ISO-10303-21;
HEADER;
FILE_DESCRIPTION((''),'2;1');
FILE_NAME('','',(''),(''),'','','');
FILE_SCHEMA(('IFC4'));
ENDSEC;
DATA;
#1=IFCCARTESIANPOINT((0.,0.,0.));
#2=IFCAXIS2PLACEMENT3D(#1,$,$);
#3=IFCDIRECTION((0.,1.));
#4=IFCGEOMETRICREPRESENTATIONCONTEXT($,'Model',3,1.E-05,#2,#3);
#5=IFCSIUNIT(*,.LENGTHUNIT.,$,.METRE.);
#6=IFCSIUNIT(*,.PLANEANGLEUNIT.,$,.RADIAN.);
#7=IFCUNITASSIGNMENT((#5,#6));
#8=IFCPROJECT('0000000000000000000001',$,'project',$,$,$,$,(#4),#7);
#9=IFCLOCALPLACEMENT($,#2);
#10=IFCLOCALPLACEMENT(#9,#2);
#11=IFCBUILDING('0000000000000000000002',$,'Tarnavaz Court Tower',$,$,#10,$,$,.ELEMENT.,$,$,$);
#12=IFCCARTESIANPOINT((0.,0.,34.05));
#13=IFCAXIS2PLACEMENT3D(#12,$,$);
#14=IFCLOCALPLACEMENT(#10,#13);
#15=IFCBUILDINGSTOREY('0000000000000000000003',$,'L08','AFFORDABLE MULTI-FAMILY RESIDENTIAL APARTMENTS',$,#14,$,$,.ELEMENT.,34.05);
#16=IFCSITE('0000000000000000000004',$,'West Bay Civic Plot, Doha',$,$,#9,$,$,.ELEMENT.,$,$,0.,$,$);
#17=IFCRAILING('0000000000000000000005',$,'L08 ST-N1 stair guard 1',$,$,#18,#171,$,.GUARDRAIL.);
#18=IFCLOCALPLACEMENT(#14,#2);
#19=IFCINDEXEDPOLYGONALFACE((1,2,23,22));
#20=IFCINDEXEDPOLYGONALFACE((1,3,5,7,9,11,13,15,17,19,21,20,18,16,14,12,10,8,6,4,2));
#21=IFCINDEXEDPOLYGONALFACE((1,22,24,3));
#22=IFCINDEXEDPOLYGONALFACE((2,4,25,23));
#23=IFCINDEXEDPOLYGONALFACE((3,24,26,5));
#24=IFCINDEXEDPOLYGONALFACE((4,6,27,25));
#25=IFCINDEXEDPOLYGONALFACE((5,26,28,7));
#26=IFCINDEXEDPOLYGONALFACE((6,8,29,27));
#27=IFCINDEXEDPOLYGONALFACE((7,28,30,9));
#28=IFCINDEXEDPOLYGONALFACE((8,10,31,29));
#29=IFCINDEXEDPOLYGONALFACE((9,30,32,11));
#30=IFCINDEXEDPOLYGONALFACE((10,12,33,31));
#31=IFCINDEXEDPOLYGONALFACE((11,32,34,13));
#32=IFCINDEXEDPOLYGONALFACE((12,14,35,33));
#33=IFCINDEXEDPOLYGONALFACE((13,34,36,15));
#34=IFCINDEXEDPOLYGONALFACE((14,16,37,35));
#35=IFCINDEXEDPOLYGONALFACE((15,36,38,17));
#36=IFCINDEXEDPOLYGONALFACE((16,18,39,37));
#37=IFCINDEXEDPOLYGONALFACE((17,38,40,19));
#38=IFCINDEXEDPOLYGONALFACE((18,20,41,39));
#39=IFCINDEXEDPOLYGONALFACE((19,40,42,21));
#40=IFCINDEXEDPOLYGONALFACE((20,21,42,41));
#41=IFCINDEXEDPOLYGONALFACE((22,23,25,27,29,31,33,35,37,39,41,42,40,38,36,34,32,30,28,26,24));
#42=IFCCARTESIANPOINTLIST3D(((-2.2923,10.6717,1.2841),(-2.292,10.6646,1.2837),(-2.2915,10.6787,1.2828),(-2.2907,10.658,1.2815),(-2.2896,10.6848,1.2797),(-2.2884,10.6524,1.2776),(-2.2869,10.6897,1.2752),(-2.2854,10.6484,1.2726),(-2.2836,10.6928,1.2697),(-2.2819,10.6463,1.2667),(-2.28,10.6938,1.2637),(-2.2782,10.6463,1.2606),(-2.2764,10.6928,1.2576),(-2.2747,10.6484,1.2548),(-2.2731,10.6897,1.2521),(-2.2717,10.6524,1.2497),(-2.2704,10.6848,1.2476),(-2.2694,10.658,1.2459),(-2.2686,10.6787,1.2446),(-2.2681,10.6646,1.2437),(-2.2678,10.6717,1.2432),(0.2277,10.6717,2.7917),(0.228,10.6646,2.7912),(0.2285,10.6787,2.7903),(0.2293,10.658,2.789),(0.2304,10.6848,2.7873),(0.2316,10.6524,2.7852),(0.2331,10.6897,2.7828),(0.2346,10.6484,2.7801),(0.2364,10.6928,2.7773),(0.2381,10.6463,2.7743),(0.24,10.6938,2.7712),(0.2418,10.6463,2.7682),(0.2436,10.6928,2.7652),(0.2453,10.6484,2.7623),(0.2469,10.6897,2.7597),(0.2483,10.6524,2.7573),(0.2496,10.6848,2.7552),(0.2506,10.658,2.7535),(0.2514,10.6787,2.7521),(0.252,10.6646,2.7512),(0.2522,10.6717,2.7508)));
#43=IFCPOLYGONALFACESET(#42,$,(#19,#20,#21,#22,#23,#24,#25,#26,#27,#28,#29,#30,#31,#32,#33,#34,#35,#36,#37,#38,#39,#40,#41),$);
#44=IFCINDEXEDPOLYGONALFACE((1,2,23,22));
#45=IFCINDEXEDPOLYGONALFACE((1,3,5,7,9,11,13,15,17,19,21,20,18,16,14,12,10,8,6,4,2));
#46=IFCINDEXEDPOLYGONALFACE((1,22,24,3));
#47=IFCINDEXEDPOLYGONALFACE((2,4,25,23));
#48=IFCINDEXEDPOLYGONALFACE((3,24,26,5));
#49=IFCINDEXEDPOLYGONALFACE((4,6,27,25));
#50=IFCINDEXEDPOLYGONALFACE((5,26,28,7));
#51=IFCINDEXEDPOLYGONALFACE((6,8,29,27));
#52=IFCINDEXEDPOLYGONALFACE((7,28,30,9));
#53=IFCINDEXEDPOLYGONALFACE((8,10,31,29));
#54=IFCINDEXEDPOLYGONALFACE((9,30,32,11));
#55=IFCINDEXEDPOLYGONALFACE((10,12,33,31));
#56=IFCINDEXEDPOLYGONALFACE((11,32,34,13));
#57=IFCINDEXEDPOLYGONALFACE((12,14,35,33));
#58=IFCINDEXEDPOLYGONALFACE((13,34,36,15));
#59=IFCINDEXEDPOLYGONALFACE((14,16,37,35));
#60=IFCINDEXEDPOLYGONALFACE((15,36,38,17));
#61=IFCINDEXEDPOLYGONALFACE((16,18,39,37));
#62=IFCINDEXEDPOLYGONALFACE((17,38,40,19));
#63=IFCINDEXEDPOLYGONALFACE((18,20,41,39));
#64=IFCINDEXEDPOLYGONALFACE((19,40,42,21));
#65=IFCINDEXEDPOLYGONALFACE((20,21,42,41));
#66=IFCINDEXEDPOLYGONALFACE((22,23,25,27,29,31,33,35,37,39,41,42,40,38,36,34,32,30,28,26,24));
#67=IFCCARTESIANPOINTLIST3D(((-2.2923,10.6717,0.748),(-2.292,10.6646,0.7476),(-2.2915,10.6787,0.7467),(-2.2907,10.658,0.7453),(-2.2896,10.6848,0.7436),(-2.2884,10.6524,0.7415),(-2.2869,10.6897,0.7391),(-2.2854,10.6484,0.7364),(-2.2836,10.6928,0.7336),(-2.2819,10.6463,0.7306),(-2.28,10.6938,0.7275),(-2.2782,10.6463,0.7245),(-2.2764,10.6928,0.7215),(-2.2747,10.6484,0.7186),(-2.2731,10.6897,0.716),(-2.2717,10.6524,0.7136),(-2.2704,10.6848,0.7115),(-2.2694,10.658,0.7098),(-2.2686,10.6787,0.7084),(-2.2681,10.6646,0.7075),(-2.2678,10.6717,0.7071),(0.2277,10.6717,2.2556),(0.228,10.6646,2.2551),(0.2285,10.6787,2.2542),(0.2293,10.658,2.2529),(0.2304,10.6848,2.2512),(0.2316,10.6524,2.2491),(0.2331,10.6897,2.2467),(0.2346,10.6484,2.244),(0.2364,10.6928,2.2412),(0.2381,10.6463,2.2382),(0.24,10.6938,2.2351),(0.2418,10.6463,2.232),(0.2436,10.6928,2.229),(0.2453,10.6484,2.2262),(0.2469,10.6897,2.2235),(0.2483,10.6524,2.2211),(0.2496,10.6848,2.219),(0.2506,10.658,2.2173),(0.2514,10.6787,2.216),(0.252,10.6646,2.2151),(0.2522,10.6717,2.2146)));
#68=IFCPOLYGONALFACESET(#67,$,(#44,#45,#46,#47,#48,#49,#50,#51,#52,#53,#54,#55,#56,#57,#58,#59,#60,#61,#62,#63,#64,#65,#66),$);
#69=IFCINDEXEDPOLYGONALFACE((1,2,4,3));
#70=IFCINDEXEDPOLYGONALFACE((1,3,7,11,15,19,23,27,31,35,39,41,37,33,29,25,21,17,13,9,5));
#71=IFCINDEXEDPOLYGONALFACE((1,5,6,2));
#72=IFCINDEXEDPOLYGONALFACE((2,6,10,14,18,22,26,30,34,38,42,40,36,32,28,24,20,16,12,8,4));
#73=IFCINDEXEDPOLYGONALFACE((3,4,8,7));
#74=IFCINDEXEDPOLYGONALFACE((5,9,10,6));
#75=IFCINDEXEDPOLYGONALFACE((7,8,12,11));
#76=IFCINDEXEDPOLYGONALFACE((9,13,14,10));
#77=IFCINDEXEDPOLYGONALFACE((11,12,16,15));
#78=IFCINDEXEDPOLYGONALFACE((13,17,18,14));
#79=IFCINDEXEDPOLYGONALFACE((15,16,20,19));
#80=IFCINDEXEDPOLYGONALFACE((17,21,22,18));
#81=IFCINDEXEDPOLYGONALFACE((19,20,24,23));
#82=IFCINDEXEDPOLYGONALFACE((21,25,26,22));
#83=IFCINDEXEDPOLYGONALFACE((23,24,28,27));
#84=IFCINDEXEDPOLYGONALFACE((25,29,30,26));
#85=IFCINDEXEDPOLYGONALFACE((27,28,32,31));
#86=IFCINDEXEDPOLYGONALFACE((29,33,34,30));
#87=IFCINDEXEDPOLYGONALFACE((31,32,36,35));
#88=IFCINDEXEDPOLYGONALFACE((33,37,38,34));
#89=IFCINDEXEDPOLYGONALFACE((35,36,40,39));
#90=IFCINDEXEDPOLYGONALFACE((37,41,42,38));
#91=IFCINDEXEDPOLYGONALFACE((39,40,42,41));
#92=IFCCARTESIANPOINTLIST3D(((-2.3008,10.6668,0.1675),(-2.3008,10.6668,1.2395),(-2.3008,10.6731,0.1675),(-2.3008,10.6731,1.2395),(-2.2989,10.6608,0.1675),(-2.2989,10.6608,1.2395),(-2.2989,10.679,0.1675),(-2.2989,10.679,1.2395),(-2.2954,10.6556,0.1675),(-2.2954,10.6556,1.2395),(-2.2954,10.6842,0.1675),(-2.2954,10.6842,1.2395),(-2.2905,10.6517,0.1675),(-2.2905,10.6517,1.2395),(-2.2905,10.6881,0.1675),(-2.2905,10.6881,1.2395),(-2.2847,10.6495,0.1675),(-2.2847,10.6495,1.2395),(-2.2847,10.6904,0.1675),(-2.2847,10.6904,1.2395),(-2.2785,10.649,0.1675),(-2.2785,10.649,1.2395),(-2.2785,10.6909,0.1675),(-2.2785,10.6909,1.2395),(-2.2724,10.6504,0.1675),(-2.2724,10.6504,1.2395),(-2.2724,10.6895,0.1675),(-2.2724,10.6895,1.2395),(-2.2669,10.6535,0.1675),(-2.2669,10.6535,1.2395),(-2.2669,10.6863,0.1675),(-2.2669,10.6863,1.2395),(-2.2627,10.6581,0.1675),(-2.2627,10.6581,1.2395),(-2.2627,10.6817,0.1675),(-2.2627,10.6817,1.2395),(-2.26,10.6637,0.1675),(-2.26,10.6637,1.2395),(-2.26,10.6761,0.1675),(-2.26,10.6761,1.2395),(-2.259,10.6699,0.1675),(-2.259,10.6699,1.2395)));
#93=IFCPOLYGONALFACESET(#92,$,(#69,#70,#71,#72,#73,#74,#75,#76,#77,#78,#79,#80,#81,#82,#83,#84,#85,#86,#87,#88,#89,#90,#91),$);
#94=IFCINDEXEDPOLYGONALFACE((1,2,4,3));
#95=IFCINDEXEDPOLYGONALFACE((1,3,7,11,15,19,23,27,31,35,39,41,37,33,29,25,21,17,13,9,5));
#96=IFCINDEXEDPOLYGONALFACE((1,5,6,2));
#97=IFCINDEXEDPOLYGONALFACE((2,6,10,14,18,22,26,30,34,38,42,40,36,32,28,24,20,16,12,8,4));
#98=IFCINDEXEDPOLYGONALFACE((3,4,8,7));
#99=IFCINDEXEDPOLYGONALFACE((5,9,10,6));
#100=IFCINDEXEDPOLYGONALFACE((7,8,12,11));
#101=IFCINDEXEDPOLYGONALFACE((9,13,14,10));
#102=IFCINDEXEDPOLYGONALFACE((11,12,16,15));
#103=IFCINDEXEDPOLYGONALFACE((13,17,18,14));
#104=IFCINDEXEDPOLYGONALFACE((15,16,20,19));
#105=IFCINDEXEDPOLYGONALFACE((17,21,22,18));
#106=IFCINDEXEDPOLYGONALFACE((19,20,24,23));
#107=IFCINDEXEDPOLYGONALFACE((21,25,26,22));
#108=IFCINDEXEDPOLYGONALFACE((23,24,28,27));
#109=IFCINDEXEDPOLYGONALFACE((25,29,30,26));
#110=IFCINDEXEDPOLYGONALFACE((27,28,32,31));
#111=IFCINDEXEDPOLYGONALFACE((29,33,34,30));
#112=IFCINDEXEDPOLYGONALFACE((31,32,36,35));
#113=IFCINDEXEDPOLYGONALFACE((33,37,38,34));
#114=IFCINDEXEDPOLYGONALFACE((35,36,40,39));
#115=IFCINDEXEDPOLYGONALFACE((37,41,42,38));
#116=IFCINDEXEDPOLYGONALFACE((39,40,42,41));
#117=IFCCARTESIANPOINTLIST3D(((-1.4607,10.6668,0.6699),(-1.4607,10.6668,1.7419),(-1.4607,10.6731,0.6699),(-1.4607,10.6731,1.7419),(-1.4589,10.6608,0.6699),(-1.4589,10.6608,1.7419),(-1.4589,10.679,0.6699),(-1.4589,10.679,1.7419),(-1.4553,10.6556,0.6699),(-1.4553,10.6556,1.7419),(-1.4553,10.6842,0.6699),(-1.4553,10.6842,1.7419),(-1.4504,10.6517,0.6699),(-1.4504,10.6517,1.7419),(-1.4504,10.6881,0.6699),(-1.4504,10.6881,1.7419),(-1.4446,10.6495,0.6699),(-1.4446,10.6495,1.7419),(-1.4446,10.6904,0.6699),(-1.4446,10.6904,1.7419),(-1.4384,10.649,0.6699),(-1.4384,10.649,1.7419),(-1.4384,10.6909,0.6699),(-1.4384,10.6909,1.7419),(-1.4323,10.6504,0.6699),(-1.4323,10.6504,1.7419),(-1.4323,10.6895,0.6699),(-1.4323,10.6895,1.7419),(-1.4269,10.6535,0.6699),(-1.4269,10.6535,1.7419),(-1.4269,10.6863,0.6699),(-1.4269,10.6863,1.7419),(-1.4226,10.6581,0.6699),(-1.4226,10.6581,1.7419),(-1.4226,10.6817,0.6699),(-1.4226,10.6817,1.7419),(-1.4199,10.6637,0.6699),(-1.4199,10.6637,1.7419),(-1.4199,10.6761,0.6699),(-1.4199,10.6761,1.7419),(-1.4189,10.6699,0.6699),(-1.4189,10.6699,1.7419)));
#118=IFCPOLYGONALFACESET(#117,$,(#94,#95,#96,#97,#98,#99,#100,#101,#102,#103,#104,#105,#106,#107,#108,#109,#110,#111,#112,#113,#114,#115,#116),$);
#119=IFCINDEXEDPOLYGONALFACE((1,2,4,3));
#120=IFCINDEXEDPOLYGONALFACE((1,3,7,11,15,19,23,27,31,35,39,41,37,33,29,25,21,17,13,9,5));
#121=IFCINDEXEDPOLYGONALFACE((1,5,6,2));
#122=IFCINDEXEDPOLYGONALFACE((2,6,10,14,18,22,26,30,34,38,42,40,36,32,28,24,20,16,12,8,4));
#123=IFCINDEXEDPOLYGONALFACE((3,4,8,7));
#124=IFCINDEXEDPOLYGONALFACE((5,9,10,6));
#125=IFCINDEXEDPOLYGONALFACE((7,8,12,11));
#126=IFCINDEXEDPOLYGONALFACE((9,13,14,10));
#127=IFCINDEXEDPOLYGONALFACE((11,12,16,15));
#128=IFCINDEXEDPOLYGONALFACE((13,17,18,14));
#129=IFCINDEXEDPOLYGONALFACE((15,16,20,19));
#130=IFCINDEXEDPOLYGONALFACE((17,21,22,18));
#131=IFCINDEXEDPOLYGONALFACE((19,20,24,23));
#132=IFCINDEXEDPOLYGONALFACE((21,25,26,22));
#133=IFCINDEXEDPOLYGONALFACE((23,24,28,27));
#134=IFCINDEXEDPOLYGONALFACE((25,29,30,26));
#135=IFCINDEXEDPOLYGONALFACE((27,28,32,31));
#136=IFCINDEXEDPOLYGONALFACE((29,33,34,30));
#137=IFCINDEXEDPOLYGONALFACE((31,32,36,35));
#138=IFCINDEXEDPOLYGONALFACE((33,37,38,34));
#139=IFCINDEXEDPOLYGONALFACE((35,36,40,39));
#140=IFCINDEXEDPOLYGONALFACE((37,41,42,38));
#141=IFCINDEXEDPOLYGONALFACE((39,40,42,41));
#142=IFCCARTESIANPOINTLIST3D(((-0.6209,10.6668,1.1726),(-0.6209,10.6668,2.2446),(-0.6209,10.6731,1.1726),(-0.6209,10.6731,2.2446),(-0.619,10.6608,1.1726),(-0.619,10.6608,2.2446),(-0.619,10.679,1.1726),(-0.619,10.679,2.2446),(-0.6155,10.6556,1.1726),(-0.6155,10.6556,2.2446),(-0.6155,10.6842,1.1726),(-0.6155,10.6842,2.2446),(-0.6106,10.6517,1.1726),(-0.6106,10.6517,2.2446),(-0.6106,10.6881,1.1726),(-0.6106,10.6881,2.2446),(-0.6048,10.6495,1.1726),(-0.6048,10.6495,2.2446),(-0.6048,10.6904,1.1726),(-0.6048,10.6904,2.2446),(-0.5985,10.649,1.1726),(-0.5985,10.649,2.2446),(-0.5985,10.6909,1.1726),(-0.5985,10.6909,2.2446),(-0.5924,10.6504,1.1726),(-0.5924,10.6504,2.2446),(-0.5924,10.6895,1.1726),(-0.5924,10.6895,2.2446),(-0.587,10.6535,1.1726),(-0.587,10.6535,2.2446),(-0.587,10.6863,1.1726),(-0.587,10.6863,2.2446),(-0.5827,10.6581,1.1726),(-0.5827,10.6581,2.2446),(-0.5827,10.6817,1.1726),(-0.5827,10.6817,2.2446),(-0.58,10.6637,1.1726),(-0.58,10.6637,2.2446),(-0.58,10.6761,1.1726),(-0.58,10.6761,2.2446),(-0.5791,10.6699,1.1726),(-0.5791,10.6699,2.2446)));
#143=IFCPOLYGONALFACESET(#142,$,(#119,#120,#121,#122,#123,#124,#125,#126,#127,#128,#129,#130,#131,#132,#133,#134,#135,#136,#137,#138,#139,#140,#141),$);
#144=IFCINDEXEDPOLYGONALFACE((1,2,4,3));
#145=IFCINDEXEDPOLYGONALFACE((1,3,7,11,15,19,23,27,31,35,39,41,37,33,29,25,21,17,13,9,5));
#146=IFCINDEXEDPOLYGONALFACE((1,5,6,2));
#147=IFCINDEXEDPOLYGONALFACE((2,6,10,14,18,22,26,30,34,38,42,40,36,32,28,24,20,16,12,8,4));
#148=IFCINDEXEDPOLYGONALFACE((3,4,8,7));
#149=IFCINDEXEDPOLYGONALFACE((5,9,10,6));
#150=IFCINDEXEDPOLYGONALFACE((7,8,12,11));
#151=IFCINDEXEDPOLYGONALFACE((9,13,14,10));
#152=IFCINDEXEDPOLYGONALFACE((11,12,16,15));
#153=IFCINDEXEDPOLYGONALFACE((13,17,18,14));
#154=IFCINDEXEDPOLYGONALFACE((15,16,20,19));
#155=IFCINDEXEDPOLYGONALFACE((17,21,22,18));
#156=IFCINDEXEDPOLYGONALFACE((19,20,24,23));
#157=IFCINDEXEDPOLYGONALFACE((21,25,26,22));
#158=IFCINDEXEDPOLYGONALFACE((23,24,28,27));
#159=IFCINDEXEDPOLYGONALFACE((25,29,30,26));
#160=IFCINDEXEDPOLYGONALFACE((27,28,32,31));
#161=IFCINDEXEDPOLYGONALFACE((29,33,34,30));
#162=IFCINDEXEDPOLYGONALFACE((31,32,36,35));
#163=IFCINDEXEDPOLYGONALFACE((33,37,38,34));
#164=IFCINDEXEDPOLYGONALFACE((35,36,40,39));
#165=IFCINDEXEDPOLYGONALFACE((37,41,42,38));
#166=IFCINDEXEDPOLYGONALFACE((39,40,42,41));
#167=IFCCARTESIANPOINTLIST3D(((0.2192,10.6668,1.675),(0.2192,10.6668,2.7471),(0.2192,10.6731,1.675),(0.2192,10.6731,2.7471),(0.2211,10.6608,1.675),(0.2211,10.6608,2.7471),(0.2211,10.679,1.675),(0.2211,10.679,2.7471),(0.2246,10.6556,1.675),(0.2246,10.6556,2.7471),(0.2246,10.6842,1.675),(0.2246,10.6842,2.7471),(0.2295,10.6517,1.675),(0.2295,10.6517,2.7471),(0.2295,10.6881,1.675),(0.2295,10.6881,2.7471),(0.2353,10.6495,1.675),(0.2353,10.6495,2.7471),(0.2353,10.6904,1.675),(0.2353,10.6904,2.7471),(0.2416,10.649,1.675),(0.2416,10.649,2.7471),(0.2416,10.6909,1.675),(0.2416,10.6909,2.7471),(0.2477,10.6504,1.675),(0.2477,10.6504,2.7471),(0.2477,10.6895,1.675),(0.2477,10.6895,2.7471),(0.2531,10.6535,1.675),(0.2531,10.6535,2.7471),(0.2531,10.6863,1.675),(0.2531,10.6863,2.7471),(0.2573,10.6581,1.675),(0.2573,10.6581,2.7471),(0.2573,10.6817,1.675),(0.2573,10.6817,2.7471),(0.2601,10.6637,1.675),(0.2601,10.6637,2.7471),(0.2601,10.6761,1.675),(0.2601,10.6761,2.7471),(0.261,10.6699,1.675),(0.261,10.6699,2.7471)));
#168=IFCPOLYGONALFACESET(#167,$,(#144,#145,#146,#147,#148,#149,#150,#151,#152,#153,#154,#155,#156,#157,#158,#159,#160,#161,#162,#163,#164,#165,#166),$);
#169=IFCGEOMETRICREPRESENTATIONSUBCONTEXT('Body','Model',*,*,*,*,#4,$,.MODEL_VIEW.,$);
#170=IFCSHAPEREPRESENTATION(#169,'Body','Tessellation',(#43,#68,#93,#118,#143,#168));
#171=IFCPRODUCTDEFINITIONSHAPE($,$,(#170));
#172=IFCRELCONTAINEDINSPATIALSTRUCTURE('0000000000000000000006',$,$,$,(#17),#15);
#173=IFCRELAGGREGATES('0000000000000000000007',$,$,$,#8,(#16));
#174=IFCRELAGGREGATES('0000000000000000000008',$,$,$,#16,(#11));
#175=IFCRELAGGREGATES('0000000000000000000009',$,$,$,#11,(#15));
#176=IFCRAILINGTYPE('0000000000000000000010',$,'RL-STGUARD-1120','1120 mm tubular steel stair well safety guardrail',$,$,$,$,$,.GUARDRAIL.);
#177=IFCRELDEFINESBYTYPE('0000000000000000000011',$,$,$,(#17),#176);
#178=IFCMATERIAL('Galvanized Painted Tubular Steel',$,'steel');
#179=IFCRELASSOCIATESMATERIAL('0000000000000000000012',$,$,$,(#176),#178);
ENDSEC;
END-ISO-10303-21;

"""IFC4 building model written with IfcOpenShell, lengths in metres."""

from ifc_helpers import new_model, si_unit, direction, frame, origin, origin_2d, place, context, subcontext, project, spatial, circle, extrude, material, type_object, element, save


model = new_model("IFC4")

# Units and contexts
model_context = context("Model", 3, precision=1e-05, world=origin(), true_north=direction((0.0, 1.0)))
body_context = subcontext(model_context, "Body", "Model", "MODEL_VIEW")
ifc_project = project(units=[si_unit("LENGTHUNIT", "METRE"), si_unit("PLANEANGLEUNIT", "RADIAN")], contexts=[model_context])

# Site, building, storey
site_placement = place(None, origin())
site = spatial("IfcSite", under=ifc_project, at=site_placement, Name="West Bay Civic Plot, Doha", CompositionType="ELEMENT", RefElevation=0.0)
building_placement = place(site_placement, origin())
building = spatial("IfcBuilding", under=site, at=building_placement, Name="Tarnavaz Court Tower", CompositionType="ELEMENT")
storey_placement = place(building_placement, frame((0.0, 0.0, 34.05)))
storey = spatial("IfcBuildingStorey", under=building, at=storey_placement, Name="L08", Description="AFFORDABLE MULTI-FAMILY RESIDENTIAL APARTMENTS", CompositionType="ELEMENT", Elevation=34.05)

# Railing
ifc_material_1 = material(Name="Galvanized Painted Tubular Steel", Category="steel")
railing_type = type_object("IfcRailingType", Name="RL-STGUARD-1120", Description="1120 mm tubular steel stair well safety guardrail", PredefinedType="GUARDRAIL", material=ifc_material_1)
railing_1_placement = place(storey_placement, frame((-2.28, 10.6699, 0.1675)))
element("IfcRailing", 1, at=railing_1_placement, inside=storey, type_object=railing_type, Name="L08 ST-N1 stair guard 1", PredefinedType="GUARDRAIL", context=body_context, shape_type="SweptSolid", body=[
    extrude(circle(Radius=0.0239, at=origin_2d()), frame((0.0, 0.0, 1.0962), z_axis=(0.85816, 0.0, 0.513383), x_axis=(0.0, 1.0, 0.0)), (0.0, 0.0, 1.0), 2.9365),
    extrude(circle(Radius=0.0239, at=origin_2d()), frame((0.0, 0.0, 0.5601), z_axis=(0.85816, 0.0, 0.513383), x_axis=(0.0, 1.0, 0.0)), (0.0, 0.0, 1.0), 2.9365),
    extrude(circle(Radius=0.021, at=origin_2d()), origin(), (0.0, 0.0, 1.0), 1.072),
    extrude(circle(Radius=0.021, at=origin_2d()), frame((0.8401, 0.0, 0.5024)), (0.0, 0.0, 1.0), 1.072),
    extrude(circle(Radius=0.021, at=origin_2d()), frame((1.6799, 0.0, 1.0051)), (0.0, 0.0, 1.0), 1.072),
    extrude(circle(Radius=0.021, at=origin_2d()), frame((2.52, 0.0, 1.5076)), (0.0, 0.0, 1.0), 1.072),
])

save(model, "model.ifc")
